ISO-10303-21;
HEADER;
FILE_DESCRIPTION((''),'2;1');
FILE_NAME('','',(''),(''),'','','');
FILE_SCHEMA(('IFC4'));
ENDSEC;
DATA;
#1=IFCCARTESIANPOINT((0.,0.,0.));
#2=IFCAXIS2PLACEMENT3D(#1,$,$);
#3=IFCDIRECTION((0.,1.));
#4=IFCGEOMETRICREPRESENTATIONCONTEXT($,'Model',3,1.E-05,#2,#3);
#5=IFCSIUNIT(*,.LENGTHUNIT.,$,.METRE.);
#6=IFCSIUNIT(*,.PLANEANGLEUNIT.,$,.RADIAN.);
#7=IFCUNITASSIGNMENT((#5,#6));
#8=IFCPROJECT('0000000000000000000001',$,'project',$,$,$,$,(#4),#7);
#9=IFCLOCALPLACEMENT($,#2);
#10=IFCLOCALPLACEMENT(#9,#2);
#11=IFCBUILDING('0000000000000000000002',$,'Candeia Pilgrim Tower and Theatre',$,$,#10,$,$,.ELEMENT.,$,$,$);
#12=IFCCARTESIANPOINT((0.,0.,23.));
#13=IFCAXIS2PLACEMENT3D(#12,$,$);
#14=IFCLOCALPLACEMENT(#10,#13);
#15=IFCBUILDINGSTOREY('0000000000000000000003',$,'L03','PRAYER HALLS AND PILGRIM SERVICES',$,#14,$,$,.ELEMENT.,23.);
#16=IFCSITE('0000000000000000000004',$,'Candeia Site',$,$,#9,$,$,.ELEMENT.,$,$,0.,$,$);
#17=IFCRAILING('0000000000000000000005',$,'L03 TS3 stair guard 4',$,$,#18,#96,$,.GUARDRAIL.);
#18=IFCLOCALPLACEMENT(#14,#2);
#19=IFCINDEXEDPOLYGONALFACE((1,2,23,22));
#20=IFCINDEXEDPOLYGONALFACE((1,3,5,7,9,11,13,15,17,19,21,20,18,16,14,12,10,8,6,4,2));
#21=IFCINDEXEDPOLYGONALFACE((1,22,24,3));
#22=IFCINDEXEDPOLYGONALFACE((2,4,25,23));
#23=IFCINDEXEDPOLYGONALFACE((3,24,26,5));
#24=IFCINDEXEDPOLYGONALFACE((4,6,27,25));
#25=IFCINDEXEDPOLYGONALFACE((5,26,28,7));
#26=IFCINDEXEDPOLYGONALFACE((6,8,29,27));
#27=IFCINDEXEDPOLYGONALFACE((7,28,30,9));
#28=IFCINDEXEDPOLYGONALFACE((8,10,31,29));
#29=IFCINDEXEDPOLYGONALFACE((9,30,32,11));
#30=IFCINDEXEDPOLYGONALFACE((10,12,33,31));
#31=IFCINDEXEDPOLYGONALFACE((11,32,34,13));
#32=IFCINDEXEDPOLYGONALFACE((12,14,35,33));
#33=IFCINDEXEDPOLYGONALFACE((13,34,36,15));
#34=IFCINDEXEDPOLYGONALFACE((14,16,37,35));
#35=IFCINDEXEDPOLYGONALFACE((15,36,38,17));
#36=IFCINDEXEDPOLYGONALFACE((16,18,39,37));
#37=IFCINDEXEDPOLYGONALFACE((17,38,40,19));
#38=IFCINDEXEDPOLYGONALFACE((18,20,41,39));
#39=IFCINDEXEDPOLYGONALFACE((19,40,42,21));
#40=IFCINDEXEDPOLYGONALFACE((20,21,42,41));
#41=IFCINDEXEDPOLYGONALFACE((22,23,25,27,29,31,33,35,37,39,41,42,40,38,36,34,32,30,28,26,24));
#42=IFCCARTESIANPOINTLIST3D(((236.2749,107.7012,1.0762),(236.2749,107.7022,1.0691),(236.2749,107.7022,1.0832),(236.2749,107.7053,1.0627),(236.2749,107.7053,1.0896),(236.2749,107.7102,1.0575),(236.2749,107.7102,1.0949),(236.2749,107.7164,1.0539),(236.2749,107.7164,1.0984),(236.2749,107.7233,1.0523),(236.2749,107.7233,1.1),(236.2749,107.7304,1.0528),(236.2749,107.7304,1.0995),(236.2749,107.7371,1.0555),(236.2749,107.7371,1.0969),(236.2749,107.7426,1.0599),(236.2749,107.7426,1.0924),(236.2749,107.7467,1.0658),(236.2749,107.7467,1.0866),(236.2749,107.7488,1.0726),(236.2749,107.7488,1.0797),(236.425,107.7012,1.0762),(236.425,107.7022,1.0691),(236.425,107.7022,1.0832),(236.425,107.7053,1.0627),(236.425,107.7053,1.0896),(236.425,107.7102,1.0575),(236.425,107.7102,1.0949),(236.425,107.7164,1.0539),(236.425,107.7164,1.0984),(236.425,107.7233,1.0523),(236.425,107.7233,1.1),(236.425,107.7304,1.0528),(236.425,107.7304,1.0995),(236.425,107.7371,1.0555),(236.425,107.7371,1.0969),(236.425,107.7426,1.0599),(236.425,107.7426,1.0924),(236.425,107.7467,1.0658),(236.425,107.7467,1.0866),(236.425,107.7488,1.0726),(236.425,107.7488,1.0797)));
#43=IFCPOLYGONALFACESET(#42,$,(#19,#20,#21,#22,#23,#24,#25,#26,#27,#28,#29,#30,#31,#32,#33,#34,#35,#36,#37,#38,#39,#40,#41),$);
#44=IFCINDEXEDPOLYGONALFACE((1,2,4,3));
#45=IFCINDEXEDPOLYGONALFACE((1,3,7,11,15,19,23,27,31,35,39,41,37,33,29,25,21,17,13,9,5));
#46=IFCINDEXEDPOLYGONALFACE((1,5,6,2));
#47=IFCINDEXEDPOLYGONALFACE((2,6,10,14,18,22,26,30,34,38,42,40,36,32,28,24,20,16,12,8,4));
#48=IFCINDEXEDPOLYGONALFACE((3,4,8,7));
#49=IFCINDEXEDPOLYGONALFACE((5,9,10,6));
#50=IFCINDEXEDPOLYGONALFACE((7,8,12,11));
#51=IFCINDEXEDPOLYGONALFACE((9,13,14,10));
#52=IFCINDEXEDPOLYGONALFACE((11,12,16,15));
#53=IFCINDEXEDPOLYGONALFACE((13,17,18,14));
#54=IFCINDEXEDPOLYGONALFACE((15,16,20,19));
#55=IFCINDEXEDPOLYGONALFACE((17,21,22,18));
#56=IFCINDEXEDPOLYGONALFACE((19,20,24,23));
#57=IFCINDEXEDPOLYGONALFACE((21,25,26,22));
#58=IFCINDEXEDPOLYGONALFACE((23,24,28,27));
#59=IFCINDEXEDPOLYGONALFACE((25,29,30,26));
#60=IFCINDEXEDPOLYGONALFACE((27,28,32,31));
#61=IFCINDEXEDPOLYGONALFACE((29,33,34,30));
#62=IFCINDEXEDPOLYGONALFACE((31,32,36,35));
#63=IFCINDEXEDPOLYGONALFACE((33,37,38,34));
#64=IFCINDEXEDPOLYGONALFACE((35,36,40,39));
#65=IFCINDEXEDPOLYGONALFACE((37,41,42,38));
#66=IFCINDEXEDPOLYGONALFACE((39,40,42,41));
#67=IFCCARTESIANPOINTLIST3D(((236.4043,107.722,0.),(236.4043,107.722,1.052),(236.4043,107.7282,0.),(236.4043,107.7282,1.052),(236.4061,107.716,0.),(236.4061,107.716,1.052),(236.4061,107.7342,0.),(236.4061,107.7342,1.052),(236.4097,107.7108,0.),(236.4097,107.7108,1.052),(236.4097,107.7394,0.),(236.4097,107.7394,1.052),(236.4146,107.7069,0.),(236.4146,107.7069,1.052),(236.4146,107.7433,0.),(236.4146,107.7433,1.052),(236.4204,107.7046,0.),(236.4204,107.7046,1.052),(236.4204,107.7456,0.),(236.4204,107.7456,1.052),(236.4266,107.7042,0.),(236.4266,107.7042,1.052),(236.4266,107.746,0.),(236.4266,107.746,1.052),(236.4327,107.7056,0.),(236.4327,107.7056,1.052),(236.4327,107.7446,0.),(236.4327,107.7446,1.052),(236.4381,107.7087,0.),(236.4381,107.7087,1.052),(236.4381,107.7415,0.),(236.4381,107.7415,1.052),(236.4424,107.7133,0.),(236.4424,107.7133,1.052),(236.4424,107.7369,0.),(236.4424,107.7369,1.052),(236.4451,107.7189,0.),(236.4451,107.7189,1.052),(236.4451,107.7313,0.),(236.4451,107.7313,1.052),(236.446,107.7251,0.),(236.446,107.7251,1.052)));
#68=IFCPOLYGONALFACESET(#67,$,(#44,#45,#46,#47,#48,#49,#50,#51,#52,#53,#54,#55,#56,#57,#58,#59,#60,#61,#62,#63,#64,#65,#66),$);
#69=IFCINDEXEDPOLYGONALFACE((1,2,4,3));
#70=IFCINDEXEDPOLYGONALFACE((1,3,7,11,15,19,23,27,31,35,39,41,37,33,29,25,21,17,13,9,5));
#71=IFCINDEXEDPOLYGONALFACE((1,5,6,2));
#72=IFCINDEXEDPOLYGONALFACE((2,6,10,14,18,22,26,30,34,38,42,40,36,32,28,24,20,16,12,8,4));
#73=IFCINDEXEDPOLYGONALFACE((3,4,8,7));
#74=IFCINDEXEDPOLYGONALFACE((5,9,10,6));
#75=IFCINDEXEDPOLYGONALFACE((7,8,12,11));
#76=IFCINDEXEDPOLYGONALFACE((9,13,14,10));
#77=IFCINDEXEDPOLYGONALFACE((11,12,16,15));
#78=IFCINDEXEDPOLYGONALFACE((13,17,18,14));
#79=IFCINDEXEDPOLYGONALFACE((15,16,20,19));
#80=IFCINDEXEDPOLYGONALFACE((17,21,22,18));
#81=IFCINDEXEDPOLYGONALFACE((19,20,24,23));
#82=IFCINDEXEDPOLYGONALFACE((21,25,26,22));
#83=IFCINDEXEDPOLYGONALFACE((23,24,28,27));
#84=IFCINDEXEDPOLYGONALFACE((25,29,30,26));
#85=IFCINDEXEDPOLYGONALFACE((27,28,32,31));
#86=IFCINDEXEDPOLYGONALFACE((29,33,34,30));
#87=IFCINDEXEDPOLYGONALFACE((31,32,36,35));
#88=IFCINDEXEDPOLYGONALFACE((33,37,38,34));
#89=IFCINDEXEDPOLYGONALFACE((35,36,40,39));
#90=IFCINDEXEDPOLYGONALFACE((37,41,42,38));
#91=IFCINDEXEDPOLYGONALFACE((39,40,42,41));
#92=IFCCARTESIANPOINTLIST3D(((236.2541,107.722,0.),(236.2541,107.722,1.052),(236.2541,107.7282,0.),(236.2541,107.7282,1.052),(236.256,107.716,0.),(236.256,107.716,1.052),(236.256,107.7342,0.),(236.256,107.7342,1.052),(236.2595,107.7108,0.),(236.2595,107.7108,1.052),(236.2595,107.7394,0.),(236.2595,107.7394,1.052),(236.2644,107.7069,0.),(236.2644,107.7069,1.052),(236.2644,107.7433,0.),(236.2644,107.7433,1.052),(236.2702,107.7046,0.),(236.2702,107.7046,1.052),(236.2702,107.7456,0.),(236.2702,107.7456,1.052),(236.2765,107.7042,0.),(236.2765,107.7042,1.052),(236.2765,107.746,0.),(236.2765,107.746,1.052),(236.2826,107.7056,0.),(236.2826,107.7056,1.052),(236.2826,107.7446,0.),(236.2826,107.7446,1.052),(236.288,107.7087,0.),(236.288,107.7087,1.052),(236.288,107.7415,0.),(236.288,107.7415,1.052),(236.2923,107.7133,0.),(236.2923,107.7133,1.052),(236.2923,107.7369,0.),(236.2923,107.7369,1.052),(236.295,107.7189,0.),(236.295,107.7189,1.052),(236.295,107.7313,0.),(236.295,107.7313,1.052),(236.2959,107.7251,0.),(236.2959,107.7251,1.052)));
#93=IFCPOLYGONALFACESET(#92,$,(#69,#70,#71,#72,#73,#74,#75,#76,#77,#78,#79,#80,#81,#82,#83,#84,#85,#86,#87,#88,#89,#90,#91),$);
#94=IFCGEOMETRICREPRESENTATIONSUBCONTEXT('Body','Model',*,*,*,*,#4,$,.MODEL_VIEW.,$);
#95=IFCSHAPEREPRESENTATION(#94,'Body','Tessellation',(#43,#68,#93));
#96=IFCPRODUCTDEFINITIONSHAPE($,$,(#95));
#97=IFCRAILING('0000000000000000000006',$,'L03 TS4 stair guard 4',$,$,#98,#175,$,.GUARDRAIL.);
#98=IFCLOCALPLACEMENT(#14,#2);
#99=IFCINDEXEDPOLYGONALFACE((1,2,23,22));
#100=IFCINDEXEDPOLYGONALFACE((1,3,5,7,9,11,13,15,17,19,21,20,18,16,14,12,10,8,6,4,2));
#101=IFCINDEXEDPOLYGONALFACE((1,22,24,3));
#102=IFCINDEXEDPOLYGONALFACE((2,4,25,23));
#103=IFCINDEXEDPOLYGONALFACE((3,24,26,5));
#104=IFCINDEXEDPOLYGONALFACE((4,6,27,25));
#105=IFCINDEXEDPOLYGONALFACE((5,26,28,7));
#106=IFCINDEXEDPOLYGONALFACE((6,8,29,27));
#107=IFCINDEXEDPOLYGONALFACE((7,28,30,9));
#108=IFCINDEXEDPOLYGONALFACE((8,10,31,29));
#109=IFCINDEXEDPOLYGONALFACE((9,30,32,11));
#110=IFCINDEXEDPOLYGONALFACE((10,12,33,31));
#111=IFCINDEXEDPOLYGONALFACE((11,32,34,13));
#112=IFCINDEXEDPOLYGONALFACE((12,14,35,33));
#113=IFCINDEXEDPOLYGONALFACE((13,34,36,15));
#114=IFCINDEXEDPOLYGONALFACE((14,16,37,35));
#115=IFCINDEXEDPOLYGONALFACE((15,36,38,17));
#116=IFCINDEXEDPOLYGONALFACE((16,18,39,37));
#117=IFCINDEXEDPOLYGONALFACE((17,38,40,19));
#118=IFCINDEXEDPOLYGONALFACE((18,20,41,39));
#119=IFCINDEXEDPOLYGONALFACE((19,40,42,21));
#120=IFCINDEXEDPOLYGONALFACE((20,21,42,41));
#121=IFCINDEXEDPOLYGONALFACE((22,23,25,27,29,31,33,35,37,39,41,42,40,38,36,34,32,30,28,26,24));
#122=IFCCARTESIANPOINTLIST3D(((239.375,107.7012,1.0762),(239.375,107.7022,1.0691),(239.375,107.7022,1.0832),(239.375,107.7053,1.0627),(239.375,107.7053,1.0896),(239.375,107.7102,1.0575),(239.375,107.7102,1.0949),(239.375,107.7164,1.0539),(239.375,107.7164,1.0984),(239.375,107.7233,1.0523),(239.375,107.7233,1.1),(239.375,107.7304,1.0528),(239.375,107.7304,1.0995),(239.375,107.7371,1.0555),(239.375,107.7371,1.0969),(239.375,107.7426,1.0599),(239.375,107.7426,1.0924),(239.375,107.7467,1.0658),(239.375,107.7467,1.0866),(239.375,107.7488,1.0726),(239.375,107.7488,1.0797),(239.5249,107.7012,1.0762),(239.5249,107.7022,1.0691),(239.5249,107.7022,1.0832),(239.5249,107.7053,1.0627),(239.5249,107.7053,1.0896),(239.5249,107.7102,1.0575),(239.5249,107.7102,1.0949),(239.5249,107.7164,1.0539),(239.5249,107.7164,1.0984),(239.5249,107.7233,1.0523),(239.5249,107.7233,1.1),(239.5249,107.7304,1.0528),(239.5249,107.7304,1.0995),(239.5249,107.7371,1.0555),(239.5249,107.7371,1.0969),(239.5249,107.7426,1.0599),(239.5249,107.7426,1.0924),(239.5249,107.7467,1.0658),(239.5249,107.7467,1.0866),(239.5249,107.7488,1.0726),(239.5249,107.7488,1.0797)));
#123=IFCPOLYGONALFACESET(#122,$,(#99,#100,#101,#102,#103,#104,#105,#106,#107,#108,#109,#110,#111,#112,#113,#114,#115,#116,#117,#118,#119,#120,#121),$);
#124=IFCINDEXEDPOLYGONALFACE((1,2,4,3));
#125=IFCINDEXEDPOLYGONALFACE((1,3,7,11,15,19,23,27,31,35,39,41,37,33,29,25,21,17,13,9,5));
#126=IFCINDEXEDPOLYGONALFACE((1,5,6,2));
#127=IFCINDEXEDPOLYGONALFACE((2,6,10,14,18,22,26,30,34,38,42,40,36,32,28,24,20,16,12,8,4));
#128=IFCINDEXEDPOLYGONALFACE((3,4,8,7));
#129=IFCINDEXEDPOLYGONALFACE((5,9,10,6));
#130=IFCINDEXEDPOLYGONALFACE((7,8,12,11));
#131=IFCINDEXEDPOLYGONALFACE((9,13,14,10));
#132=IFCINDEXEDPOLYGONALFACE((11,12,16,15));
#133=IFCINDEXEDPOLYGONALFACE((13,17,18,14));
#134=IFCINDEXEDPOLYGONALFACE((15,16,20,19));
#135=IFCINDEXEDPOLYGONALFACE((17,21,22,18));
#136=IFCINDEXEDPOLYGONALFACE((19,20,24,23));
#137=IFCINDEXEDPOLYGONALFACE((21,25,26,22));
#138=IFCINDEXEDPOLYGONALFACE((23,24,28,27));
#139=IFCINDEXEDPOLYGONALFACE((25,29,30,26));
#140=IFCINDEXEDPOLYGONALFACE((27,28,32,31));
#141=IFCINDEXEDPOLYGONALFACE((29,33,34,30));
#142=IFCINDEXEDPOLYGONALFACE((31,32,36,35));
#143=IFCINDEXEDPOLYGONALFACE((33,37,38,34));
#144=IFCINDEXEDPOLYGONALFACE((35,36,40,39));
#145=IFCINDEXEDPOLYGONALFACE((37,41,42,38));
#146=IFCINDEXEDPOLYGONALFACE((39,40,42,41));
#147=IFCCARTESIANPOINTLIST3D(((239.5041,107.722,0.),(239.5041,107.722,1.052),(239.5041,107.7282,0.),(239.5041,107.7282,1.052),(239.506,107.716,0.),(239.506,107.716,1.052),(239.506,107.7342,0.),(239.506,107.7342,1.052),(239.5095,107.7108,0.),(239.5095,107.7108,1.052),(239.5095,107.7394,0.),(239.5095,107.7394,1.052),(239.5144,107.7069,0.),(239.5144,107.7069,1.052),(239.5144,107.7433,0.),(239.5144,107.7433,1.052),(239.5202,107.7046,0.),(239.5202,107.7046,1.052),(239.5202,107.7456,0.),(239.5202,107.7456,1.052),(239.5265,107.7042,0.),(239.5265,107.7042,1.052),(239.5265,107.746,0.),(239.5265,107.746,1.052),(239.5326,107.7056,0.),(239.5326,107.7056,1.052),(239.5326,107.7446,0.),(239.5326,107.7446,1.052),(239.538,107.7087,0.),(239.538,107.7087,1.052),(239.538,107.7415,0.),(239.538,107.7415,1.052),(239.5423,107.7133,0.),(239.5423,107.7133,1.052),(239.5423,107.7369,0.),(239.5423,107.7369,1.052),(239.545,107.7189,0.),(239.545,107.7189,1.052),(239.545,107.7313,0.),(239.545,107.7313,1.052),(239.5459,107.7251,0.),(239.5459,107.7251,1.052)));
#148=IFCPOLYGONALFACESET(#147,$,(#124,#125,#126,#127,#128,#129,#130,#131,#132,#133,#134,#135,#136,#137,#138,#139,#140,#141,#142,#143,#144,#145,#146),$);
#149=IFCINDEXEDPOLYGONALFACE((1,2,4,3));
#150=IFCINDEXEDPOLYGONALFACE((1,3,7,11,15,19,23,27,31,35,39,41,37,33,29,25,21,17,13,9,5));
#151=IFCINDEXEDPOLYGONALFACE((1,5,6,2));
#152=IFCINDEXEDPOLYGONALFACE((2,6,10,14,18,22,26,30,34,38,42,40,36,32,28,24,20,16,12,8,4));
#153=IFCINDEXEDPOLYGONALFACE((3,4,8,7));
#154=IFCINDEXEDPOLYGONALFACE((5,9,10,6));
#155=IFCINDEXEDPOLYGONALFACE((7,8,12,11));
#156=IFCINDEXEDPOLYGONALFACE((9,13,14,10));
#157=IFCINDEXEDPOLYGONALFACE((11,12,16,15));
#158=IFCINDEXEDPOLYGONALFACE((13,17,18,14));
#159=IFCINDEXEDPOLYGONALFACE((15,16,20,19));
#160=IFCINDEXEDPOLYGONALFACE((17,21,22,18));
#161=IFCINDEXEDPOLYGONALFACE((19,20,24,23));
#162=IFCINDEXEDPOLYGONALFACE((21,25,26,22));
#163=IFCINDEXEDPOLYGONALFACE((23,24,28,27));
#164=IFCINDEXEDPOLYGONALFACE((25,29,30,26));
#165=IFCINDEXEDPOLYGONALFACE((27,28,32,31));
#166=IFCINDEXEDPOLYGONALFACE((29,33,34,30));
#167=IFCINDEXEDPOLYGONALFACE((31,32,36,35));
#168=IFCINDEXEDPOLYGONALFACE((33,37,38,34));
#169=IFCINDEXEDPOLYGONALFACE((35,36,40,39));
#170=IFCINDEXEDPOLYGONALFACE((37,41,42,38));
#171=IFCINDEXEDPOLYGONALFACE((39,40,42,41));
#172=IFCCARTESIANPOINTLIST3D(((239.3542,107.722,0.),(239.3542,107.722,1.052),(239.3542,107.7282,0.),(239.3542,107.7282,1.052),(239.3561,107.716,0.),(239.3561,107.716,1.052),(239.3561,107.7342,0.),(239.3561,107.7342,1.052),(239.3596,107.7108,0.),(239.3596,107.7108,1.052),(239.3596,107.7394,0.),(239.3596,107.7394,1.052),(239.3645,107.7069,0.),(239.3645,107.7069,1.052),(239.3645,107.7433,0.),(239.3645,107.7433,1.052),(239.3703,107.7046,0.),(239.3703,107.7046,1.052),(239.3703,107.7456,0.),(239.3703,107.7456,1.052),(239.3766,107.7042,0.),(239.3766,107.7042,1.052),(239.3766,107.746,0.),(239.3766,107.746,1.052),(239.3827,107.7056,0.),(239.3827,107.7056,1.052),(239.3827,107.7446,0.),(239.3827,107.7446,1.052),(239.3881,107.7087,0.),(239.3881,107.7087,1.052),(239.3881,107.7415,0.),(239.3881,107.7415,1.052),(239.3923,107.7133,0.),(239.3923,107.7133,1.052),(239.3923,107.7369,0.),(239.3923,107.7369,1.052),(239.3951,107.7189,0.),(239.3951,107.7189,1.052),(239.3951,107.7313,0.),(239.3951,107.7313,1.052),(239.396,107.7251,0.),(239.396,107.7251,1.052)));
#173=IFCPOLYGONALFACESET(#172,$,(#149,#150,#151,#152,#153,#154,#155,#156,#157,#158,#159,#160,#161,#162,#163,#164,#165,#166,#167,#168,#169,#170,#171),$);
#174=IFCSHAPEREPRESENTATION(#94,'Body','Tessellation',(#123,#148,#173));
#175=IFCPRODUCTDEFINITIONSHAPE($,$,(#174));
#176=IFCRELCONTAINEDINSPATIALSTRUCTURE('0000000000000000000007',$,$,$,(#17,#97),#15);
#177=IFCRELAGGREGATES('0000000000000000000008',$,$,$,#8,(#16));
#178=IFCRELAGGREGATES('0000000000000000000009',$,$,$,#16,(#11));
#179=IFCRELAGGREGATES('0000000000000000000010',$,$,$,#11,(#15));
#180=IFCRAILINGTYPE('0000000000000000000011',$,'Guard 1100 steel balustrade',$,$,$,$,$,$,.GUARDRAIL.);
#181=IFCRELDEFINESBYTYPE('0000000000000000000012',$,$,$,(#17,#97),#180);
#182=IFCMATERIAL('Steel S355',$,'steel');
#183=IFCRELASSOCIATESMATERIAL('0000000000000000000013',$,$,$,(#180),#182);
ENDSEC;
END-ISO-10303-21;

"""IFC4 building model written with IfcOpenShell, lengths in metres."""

from ifc_helpers import new_model, si_unit, direction, frame, origin, origin_2d, place, context, subcontext, project, spatial, circle, extrude, material, type_object, element, save


model = new_model("IFC4")

# Units and contexts
model_context = context("Model", 3, precision=1e-05, world=origin(), true_north=direction((0.0, 1.0)))
body_context = subcontext(model_context, "Body", "Model", "MODEL_VIEW")
ifc_project = project(units=[si_unit("LENGTHUNIT", "METRE"), si_unit("PLANEANGLEUNIT", "RADIAN")], contexts=[model_context])

# Site, building, storey
site_placement = place(None, origin())
site = spatial("IfcSite", under=ifc_project, at=site_placement, Name="Candeia Site", CompositionType="ELEMENT", RefElevation=0.0)
building_placement = place(site_placement, origin())
building = spatial("IfcBuilding", under=site, at=building_placement, Name="Candeia Pilgrim Tower and Theatre", CompositionType="ELEMENT")
storey_placement = place(building_placement, frame((0.0, 0.0, 23.0)))
storey = spatial("IfcBuildingStorey", under=building, at=storey_placement, Name="L03", Description="PRAYER HALLS AND PILGRIM SERVICES", CompositionType="ELEMENT", Elevation=23.0)

# Railings
ifc_material_1 = material(Name="Steel S355", Category="steel")
railing_type = type_object("IfcRailingType", Name="Guard 1100 steel balustrade", PredefinedType="GUARDRAIL", material=ifc_material_1)
railing_1_placement = place(storey_placement, frame((236.425, 107.7251, 0.0)))
element("IfcRailing", 1, at=railing_1_placement, inside=storey, type_object=railing_type, Name="L03 TS3 stair guard 4", PredefinedType="GUARDRAIL", context=body_context, shape_type="SweptSolid", body=[
    extrude(circle(Radius=0.0239, at=origin_2d()), frame((0.0, 0.0, 1.0762), z_axis=(-1.0, 0.0, 0.0), x_axis=(0.0, -1.0, 0.0)), (0.0, 0.0, 1.0), 0.1501),
    extrude(circle(Radius=0.021, at=origin_2d()), origin(), (0.0, 0.0, 1.0), 1.052),
    extrude(circle(Radius=0.021, at=origin_2d()), frame((-0.1501, 0.0, 0.0)), (0.0, 0.0, 1.0), 1.052),
])
railing_2_placement = place(storey_placement, frame((239.5249, 107.7251, 0.0)))
element("IfcRailing", 2, at=railing_2_placement, inside=storey, type_object=railing_type, Name="L03 TS4 stair guard 4", PredefinedType="GUARDRAIL", context=body_context, shape_type="SweptSolid", body=[
    extrude(circle(Radius=0.0239, at=origin_2d()), frame((0.0, 0.0, 1.0762), z_axis=(-1.0, 0.0, 0.0), x_axis=(0.0, -1.0, 0.0)), (0.0, 0.0, 1.0), 0.1499),
    extrude(circle(Radius=0.021, at=origin_2d()), origin(), (0.0, 0.0, 1.0), 1.052),
    extrude(circle(Radius=0.021, at=origin_2d()), frame((-0.1499, 0.0, 0.0)), (0.0, 0.0, 1.0), 1.052),
])

save(model, "model.ifc")
